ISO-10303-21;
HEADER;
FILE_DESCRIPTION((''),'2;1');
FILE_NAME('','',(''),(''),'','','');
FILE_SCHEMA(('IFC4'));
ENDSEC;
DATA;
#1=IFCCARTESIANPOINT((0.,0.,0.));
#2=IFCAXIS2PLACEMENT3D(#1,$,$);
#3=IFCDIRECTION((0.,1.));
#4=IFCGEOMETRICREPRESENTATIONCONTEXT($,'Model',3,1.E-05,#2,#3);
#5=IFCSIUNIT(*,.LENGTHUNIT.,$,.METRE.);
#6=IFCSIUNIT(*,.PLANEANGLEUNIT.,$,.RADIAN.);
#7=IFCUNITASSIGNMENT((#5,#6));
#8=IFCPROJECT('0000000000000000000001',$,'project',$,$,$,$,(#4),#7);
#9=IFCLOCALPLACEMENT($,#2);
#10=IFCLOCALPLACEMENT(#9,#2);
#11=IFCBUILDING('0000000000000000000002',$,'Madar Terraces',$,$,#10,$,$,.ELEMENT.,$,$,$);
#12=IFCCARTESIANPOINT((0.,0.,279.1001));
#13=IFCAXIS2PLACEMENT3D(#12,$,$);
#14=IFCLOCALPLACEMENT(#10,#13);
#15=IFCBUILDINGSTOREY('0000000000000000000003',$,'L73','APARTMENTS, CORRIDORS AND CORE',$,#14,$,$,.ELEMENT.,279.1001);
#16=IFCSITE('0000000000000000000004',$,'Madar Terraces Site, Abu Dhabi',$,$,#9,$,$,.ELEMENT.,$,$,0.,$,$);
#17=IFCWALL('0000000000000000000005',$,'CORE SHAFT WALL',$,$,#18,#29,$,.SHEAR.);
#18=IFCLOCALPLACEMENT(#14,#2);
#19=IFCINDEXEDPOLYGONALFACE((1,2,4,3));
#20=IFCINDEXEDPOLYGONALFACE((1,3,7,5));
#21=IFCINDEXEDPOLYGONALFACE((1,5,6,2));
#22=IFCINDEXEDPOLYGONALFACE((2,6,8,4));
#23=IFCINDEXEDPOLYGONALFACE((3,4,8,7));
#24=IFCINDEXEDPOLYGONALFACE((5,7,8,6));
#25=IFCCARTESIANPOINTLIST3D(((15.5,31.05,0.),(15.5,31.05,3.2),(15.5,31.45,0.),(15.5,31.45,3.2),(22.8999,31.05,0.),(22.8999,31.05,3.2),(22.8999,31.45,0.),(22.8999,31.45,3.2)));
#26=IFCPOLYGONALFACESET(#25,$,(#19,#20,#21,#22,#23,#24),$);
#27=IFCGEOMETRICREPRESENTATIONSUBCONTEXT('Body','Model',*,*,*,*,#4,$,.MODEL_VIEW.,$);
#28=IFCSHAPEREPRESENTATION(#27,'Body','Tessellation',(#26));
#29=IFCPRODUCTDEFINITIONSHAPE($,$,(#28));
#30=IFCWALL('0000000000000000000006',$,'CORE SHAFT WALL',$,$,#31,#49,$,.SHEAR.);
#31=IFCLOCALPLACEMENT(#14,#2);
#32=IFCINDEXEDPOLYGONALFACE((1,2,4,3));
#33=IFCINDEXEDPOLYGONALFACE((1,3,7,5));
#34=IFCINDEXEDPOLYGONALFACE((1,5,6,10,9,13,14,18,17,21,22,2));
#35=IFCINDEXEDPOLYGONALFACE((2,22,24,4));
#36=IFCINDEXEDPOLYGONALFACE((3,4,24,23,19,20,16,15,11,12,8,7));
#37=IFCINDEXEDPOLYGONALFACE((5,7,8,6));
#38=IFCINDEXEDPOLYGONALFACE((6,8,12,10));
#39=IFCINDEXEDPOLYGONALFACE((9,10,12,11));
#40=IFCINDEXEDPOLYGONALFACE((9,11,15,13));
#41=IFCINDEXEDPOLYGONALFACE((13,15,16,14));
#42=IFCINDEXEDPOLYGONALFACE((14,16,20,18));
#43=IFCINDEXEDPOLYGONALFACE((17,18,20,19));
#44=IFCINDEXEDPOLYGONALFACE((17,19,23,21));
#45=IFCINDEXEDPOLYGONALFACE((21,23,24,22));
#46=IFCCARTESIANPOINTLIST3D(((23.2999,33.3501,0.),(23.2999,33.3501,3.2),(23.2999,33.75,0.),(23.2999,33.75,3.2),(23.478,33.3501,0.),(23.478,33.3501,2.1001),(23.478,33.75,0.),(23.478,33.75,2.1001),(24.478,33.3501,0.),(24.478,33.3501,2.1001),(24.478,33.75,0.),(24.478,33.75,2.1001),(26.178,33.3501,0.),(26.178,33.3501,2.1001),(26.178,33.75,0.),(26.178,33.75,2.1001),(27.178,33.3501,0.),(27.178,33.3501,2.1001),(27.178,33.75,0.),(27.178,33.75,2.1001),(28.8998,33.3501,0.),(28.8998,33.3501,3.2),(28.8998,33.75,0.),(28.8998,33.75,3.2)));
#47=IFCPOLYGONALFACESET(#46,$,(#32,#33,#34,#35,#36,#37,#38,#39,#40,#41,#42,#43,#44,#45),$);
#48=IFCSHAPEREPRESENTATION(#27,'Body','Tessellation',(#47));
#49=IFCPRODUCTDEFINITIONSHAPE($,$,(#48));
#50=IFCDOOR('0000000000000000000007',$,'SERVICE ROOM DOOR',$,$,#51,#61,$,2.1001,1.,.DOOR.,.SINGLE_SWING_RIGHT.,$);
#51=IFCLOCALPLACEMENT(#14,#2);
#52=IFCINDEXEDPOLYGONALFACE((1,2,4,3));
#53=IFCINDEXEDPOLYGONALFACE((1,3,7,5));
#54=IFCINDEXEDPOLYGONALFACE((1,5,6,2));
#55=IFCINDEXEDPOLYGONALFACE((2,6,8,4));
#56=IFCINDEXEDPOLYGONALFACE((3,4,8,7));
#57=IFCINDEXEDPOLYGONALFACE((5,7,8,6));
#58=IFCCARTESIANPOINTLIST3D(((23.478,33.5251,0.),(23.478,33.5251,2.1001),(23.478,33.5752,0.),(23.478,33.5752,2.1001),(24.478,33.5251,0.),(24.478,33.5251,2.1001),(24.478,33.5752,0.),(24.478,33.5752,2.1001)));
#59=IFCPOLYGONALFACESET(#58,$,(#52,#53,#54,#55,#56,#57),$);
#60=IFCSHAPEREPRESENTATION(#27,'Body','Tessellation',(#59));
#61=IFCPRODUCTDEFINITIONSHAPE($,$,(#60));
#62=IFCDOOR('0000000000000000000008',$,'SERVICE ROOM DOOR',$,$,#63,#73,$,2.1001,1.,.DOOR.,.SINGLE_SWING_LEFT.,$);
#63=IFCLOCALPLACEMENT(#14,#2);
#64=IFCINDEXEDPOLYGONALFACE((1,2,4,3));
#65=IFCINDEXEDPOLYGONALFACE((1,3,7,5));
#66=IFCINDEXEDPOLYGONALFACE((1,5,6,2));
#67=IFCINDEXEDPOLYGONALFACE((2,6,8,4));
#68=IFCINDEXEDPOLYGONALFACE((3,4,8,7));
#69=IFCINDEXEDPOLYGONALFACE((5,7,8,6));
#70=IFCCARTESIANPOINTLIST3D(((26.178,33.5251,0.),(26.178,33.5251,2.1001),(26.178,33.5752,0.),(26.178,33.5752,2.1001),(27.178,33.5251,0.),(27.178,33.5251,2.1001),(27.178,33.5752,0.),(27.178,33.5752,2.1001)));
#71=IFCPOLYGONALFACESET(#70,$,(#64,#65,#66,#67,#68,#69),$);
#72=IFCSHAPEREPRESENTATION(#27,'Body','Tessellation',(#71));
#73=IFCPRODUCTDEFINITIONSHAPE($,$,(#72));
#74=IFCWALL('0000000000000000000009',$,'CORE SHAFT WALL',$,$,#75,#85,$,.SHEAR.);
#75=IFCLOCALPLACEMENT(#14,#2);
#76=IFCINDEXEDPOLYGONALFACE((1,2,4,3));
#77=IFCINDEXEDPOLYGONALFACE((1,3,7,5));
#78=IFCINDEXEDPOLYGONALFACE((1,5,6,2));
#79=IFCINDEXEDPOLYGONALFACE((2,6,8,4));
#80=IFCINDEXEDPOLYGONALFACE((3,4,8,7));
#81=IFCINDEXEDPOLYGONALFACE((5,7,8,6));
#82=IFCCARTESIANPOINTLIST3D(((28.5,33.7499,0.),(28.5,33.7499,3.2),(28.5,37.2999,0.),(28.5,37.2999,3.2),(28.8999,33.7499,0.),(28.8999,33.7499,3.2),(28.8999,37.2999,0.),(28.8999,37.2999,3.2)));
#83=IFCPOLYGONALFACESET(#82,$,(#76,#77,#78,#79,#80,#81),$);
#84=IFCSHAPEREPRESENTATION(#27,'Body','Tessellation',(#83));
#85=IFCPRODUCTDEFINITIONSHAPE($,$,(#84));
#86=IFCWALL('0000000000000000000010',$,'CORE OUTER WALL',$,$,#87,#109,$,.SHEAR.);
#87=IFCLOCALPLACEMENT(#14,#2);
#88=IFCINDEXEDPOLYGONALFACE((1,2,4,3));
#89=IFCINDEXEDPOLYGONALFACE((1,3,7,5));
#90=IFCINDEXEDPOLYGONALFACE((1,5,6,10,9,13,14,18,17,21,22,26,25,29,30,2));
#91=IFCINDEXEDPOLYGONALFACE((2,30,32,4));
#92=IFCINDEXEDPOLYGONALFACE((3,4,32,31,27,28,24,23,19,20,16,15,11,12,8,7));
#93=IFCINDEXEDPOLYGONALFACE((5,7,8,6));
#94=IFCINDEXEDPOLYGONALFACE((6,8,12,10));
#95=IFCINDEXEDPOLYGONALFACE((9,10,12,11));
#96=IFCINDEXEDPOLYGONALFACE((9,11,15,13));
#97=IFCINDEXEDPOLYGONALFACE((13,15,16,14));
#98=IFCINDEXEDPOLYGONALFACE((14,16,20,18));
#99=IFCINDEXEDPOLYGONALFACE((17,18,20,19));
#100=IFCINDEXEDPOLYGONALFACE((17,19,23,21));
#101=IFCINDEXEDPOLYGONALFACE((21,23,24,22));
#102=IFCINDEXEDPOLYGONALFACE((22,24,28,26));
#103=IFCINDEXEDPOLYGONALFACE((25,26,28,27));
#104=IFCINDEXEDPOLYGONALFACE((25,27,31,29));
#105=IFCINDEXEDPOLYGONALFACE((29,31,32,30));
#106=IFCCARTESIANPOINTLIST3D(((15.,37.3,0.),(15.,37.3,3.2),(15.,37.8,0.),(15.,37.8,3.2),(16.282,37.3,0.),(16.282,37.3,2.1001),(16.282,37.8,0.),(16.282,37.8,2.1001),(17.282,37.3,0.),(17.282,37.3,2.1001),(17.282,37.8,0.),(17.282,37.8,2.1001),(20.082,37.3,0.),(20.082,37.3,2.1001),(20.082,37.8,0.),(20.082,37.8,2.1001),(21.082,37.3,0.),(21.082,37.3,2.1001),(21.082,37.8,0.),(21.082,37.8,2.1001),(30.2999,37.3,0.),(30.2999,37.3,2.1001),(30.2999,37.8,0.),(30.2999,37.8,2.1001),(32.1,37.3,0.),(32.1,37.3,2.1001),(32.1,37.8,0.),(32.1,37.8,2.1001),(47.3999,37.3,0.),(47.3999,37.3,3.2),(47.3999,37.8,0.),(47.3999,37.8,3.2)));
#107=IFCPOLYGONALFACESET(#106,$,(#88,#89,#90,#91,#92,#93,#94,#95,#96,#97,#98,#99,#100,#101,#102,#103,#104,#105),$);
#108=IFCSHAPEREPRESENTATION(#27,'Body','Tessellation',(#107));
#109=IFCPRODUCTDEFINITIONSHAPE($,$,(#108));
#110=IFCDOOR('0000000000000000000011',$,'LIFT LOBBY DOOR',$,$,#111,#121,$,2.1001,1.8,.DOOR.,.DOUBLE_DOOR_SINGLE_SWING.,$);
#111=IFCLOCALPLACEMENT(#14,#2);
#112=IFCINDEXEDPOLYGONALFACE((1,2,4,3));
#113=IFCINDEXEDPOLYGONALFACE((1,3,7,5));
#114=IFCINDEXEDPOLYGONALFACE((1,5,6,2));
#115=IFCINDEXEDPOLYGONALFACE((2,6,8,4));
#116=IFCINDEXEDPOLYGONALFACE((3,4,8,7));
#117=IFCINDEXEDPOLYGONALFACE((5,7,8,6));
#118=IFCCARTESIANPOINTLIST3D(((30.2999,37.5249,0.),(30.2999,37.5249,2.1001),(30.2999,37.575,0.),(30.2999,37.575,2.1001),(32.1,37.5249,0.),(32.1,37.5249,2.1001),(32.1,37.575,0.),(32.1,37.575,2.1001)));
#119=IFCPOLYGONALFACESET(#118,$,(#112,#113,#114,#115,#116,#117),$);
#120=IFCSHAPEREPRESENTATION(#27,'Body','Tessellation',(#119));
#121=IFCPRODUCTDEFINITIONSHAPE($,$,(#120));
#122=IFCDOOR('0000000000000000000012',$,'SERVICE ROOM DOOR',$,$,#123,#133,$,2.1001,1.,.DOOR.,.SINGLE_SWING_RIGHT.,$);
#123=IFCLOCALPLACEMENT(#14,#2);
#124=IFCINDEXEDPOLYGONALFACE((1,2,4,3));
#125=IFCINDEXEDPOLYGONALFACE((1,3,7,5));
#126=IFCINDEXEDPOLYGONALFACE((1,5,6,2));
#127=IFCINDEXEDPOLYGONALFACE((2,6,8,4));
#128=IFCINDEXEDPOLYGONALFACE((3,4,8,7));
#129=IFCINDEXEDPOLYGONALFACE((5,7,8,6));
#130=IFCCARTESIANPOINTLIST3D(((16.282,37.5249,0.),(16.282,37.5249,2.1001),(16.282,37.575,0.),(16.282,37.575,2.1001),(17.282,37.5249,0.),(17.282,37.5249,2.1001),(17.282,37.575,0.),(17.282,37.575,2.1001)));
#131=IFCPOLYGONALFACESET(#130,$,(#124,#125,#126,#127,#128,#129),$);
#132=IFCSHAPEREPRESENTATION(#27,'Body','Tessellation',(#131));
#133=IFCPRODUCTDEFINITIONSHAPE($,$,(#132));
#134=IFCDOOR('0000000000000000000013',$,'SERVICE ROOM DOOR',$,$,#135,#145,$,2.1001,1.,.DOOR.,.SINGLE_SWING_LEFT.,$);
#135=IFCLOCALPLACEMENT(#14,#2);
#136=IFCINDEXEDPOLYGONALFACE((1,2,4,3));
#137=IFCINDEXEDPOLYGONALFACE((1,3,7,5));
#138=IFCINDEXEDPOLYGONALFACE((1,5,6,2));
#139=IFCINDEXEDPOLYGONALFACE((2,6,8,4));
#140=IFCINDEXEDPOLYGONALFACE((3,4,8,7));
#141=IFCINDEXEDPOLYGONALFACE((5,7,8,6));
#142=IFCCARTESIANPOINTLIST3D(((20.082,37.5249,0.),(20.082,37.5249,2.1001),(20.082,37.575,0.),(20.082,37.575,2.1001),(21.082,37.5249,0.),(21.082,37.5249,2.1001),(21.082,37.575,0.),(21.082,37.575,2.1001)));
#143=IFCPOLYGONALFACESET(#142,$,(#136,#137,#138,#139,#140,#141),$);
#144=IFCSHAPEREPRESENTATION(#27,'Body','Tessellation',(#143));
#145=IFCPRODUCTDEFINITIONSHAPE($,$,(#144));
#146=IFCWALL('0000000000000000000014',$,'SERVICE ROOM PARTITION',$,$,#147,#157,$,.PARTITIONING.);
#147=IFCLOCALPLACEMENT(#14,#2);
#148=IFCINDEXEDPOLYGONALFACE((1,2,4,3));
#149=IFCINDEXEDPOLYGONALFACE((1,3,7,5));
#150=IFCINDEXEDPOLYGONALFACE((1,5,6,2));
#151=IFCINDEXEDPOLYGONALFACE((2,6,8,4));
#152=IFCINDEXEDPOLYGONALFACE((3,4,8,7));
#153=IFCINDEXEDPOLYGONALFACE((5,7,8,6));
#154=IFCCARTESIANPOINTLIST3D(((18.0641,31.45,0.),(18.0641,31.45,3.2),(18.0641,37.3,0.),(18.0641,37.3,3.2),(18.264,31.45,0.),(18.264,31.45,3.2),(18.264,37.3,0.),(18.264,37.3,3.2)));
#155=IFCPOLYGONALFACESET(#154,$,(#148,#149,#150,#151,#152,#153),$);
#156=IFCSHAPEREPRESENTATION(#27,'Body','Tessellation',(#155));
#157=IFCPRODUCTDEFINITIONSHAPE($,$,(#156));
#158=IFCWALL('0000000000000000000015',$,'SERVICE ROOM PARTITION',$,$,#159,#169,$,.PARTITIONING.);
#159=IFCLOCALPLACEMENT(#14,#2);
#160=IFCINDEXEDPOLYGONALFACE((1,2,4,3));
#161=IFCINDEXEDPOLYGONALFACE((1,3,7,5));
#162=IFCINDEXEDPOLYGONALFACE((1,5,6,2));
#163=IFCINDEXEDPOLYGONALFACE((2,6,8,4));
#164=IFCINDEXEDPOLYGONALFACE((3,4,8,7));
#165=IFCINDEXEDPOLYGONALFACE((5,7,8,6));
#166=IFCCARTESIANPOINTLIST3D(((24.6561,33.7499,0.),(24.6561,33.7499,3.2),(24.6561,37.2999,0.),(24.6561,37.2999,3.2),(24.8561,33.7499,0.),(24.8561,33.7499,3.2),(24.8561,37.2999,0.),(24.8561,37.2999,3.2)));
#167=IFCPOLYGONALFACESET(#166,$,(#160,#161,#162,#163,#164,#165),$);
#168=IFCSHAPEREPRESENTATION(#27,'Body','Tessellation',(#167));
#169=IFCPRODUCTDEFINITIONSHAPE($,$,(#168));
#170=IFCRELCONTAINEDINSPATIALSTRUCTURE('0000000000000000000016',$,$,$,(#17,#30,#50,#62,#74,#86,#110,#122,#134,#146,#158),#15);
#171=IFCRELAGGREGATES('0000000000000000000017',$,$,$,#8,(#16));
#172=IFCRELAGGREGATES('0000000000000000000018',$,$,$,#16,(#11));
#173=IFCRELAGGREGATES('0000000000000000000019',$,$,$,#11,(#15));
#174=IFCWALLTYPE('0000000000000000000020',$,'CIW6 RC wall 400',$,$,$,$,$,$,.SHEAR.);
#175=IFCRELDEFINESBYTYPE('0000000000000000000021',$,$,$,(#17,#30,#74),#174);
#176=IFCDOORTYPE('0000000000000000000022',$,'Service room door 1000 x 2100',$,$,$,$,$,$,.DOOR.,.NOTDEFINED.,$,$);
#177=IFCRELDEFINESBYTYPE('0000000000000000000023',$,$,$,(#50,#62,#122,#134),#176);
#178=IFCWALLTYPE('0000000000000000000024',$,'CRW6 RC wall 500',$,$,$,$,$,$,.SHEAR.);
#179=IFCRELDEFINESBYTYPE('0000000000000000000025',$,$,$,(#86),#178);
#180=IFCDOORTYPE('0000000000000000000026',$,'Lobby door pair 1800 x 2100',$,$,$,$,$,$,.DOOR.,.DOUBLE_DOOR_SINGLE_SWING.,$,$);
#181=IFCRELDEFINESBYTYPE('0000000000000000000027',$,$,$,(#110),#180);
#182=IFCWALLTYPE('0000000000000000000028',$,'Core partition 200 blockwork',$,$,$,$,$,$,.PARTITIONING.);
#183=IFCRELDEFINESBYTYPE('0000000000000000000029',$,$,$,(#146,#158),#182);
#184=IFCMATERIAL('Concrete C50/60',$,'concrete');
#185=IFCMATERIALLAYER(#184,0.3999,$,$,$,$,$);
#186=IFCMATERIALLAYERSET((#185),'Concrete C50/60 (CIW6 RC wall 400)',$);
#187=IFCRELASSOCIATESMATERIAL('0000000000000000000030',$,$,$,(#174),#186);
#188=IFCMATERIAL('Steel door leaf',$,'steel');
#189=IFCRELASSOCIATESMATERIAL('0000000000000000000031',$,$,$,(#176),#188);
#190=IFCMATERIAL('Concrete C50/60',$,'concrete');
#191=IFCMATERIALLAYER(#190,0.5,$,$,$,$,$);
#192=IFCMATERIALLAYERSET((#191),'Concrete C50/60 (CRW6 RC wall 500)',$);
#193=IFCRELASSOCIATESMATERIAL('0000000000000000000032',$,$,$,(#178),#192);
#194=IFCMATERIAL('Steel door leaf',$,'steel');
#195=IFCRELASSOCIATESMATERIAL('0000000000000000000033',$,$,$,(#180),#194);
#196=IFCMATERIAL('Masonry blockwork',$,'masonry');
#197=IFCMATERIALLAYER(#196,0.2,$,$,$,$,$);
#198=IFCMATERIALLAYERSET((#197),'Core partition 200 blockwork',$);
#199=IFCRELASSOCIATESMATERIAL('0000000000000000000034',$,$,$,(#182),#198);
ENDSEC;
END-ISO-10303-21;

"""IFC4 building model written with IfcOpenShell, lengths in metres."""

from ifc_helpers import new_model, si_unit, direction, frame, frame_2d, origin, place, context, subcontext, project, spatial, rectangle, extrude, material, layer, layer_set, type_object, element, fill, save


model = new_model("IFC4")

# Units and contexts
model_context = context("Model", 3, precision=1e-05, world=origin(), true_north=direction((0.0, 1.0)))
body_context = subcontext(model_context, "Body", "Model", "MODEL_VIEW")
ifc_project = project(units=[si_unit("LENGTHUNIT", "METRE"), si_unit("PLANEANGLEUNIT", "RADIAN")], contexts=[model_context])

# Site, building, storey
site_placement = place(None, origin())
site = spatial("IfcSite", under=ifc_project, at=site_placement, Name="Madar Terraces Site, Abu Dhabi", CompositionType="ELEMENT", RefElevation=0.0)
building_placement = place(site_placement, origin())
building = spatial("IfcBuilding", under=site, at=building_placement, Name="Madar Terraces", CompositionType="ELEMENT")
storey_placement = place(building_placement, frame((0.0, 0.0, 279.1001)))
storey = spatial("IfcBuildingStorey", under=building, at=storey_placement, Name="L73", Description="APARTMENTS, CORRIDORS AND CORE", CompositionType="ELEMENT", Elevation=279.1001)

# Wall
ifc_material_1 = material(Name="Concrete C50/60", Category="concrete")
ifc_layer_1 = layer(ifc_material_1, 0.3999)
ifc_layer_set_1 = layer_set([ifc_layer_1], Name="Concrete C50/60 (CIW6 RC wall 400)")
wall_type_1 = type_object("IfcWallType", Name="CIW6 RC wall 400", PredefinedType="SHEAR", material=ifc_layer_set_1)
wall_1_placement = place(storey_placement, frame((15.5, 31.25, 0.0), z_axis=(0.0, 0.0, 1.0), x_axis=(1.0, 0.0, 0.0)))
element("IfcWall", 1, at=wall_1_placement, inside=storey, type_object=wall_type_1, Name="CORE SHAFT WALL", PredefinedType="SHEAR", context=body_context, shape_type="SweptSolid", body=[
    extrude(rectangle(XDim=7.3999, YDim=0.3999, at=frame_2d((3.7, 0.0))), origin(), (0.0, 0.0, 1.0), 3.2),
])

# Wall, openings, doors
wall_2_placement = place(storey_placement, frame((23.3, 33.55, 0.0), z_axis=(0.0, 0.0, 1.0), x_axis=(1.0, 0.0, 0.0)))
wall_2 = element("IfcWall", 2, at=wall_2_placement, inside=storey, type_object=wall_type_1, Name="CORE SHAFT WALL", PredefinedType="SHEAR", context=body_context, shape_type="SweptSolid", body=[
    extrude(rectangle(XDim=5.5999, YDim=0.3999, at=frame_2d((2.7998, 0.0))), origin(), (0.0, 0.0, 1.0), 3.2),
])
opening_1_placement = place(wall_2_placement, frame((0.178, 0.0, 0.0)))
opening_1 = element("IfcOpeningElement", 3, at=opening_1_placement, cuts=wall_2, PredefinedType="OPENING", context=body_context, shape_type="SweptSolid", body=[
    extrude(rectangle(XDim=1.0, YDim=2.1001, at=frame_2d((0.5, 1.05))), frame((0.0, 0.21, 0.0), z_axis=(0.0, -1.0, 0.0), x_axis=(1.0, 0.0, 0.0)), (0.0, 0.0, 1.0), 0.4199),
])
opening_2_placement = place(wall_2_placement, frame((2.8779, 0.0, 0.0)))
opening_2 = element("IfcOpeningElement", 4, at=opening_2_placement, cuts=wall_2, PredefinedType="OPENING", context=body_context, shape_type="SweptSolid", body=[
    extrude(rectangle(XDim=1.0, YDim=2.1001, at=frame_2d((0.5, 1.05))), frame((0.0, 0.21, 0.0), z_axis=(0.0, -1.0, 0.0), x_axis=(1.0, 0.0, 0.0)), (0.0, 0.0, 1.0), 0.4199),
])
ifc_material_2 = material(Name="Steel door leaf", Category="steel")
door_type_1 = type_object("IfcDoorType", Name="Service room door 1000 x 2100", OperationType="NOTDEFINED", PredefinedType="DOOR", material=ifc_material_2)
door_1_placement = place(opening_1_placement, frame((1.0, 0.0, 0.0), z_axis=(0.0, 0.0, 1.0), x_axis=(-1.0, 0.0, 0.0)))
door_1 = element("IfcDoor", 5, at=door_1_placement, inside=storey, type_object=door_type_1, Name="SERVICE ROOM DOOR", OperationType="SINGLE_SWING_RIGHT", OverallHeight=2.1001, OverallWidth=1.0, PredefinedType="DOOR", context=body_context, shape_type="SweptSolid", body=[
    extrude(rectangle(XDim=1.0, YDim=2.1001, at=frame_2d((0.5, 1.05))), frame((0.0, 0.0249, 0.0), z_axis=(0.0, -1.0, 0.0), x_axis=(1.0, 0.0, 0.0)), (0.0, 0.0, 1.0), 0.05),
])
fill(opening_1, door_1)
door_2_placement = place(opening_2_placement, frame((1.0, 0.0, 0.0), z_axis=(0.0, 0.0, 1.0), x_axis=(-1.0, 0.0, 0.0)))
door_2 = element("IfcDoor", 6, at=door_2_placement, inside=storey, type_object=door_type_1, Name="SERVICE ROOM DOOR", OperationType="SINGLE_SWING_LEFT", OverallHeight=2.1001, OverallWidth=1.0, PredefinedType="DOOR", context=body_context, shape_type="SweptSolid", body=[
    extrude(rectangle(XDim=1.0, YDim=2.1001, at=frame_2d((0.5, 1.05))), frame((0.0, 0.0249, 0.0), z_axis=(0.0, -1.0, 0.0), x_axis=(1.0, 0.0, 0.0)), (0.0, 0.0, 1.0), 0.05),
])
fill(opening_2, door_2)

# Wall
wall_3_placement = place(storey_placement, frame((28.7, 33.75, 0.0), z_axis=(0.0, 0.0, 1.0), x_axis=(0.0, 1.0, 0.0)))
element("IfcWall", 7, at=wall_3_placement, inside=storey, type_object=wall_type_1, Name="CORE SHAFT WALL", PredefinedType="SHEAR", context=body_context, shape_type="SweptSolid", body=[
    extrude(rectangle(XDim=3.55, YDim=0.3999, at=frame_2d((1.7749, 0.0))), origin(), (0.0, 0.0, 1.0), 3.2),
])

# Wall, openings, doors
ifc_material_3 = material(Name="Concrete C50/60", Category="concrete")
ifc_layer_2 = layer(ifc_material_3, 0.5)
ifc_layer_set_2 = layer_set([ifc_layer_2], Name="Concrete C50/60 (CRW6 RC wall 500)")
wall_type_2 = type_object("IfcWallType", Name="CRW6 RC wall 500", PredefinedType="SHEAR", material=ifc_layer_set_2)
wall_4_placement = place(storey_placement, frame((15.0, 37.55, 0.0), z_axis=(0.0, 0.0, 1.0), x_axis=(1.0, 0.0, 0.0)))
wall_4 = element("IfcWall", 8, at=wall_4_placement, inside=storey, type_object=wall_type_2, Name="CORE OUTER WALL", PredefinedType="SHEAR", context=body_context, shape_type="SweptSolid", body=[
    extrude(rectangle(XDim=32.3999, YDim=0.5, at=frame_2d((16.2, 0.0))), origin(), (0.0, 0.0, 1.0), 3.2),
])
opening_3_placement = place(wall_4_placement, frame((15.3, 0.0, 0.0)))
opening_3 = element("IfcOpeningElement", 9, at=opening_3_placement, cuts=wall_4, PredefinedType="OPENING", context=body_context, shape_type="SweptSolid", body=[
    extrude(rectangle(XDim=1.8, YDim=2.1001, at=frame_2d((0.8999, 1.05))), frame((0.0, 0.26, 0.0), z_axis=(0.0, -1.0, 0.0), x_axis=(1.0, 0.0, 0.0)), (0.0, 0.0, 1.0), 0.52),
])
opening_4_placement = place(wall_4_placement, frame((1.282, 0.0, 0.0)))
opening_4 = element("IfcOpeningElement", 10, at=opening_4_placement, cuts=wall_4, PredefinedType="OPENING", context=body_context, shape_type="SweptSolid", body=[
    extrude(rectangle(XDim=1.0, YDim=2.1001, at=frame_2d((0.5, 1.05))), frame((0.0, 0.26, 0.0), z_axis=(0.0, -1.0, 0.0), x_axis=(1.0, 0.0, 0.0)), (0.0, 0.0, 1.0), 0.52),
])
opening_5_placement = place(wall_4_placement, frame((5.082, 0.0, 0.0)))
opening_5 = element("IfcOpeningElement", 11, at=opening_5_placement, cuts=wall_4, PredefinedType="OPENING", context=body_context, shape_type="SweptSolid", body=[
    extrude(rectangle(XDim=1.0, YDim=2.1001, at=frame_2d((0.5, 1.05))), frame((0.0, 0.26, 0.0), z_axis=(0.0, -1.0, 0.0), x_axis=(1.0, 0.0, 0.0)), (0.0, 0.0, 1.0), 0.52),
])
ifc_material_4 = material(Name="Steel door leaf", Category="steel")
door_type_2 = type_object("IfcDoorType", Name="Lobby door pair 1800 x 2100", OperationType="DOUBLE_DOOR_SINGLE_SWING", PredefinedType="DOOR", material=ifc_material_4)
door_3_placement = place(opening_3_placement, origin())
door_3 = element("IfcDoor", 12, at=door_3_placement, inside=storey, type_object=door_type_2, Name="LIFT LOBBY DOOR", OperationType="DOUBLE_DOOR_SINGLE_SWING", OverallHeight=2.1001, OverallWidth=1.8, PredefinedType="DOOR", context=body_context, shape_type="SweptSolid", body=[
    extrude(rectangle(XDim=1.8, YDim=2.1001, at=frame_2d((0.8999, 1.05))), frame((0.0, 0.0249, 0.0), z_axis=(0.0, -1.0, 0.0), x_axis=(1.0, 0.0, 0.0)), (0.0, 0.0, 1.0), 0.05),
])
fill(opening_3, door_3)
door_4_placement = place(opening_4_placement, origin())
door_4 = element("IfcDoor", 13, at=door_4_placement, inside=storey, type_object=door_type_1, Name="SERVICE ROOM DOOR", OperationType="SINGLE_SWING_RIGHT", OverallHeight=2.1001, OverallWidth=1.0, PredefinedType="DOOR", context=body_context, shape_type="SweptSolid", body=[
    extrude(rectangle(XDim=1.0, YDim=2.1001, at=frame_2d((0.5, 1.05))), frame((0.0, 0.0249, 0.0), z_axis=(0.0, -1.0, 0.0), x_axis=(1.0, 0.0, 0.0)), (0.0, 0.0, 1.0), 0.05),
])
fill(opening_4, door_4)
door_5_placement = place(opening_5_placement, origin())
door_5 = element("IfcDoor", 14, at=door_5_placement, inside=storey, type_object=door_type_1, Name="SERVICE ROOM DOOR", OperationType="SINGLE_SWING_LEFT", OverallHeight=2.1001, OverallWidth=1.0, PredefinedType="DOOR", context=body_context, shape_type="SweptSolid", body=[
    extrude(rectangle(XDim=1.0, YDim=2.1001, at=frame_2d((0.5, 1.05))), frame((0.0, 0.0249, 0.0), z_axis=(0.0, -1.0, 0.0), x_axis=(1.0, 0.0, 0.0)), (0.0, 0.0, 1.0), 0.05),
])
fill(opening_5, door_5)

# Walls
ifc_material_5 = material(Name="Masonry blockwork", Category="masonry")
ifc_layer_3 = layer(ifc_material_5, 0.2)
ifc_layer_set_3 = layer_set([ifc_layer_3], Name="Core partition 200 blockwork")
wall_type_3 = type_object("IfcWallType", Name="Core partition 200 blockwork", PredefinedType="PARTITIONING", material=ifc_layer_set_3)
wall_5_placement = place(storey_placement, frame((18.1641, 31.45, 0.0), z_axis=(0.0, 0.0, 1.0), x_axis=(0.0, 1.0, 0.0)))
element("IfcWall", 15, at=wall_5_placement, inside=storey, type_object=wall_type_3, Name="SERVICE ROOM PARTITION", PredefinedType="PARTITIONING", context=body_context, shape_type="SweptSolid", body=[
    extrude(rectangle(XDim=5.8501, YDim=0.2, at=frame_2d((2.925, 0.0))), origin(), (0.0, 0.0, 1.0), 3.2),
])
wall_6_placement = place(storey_placement, frame((24.7561, 33.75, 0.0), z_axis=(0.0, 0.0, 1.0), x_axis=(0.0, 1.0, 0.0)))
element("IfcWall", 16, at=wall_6_placement, inside=storey, type_object=wall_type_3, Name="SERVICE ROOM PARTITION", PredefinedType="PARTITIONING", context=body_context, shape_type="SweptSolid", body=[
    extrude(rectangle(XDim=3.55, YDim=0.2, at=frame_2d((1.7749, 0.0))), origin(), (0.0, 0.0, 1.0), 3.2),
])

save(model, "model.ifc")
